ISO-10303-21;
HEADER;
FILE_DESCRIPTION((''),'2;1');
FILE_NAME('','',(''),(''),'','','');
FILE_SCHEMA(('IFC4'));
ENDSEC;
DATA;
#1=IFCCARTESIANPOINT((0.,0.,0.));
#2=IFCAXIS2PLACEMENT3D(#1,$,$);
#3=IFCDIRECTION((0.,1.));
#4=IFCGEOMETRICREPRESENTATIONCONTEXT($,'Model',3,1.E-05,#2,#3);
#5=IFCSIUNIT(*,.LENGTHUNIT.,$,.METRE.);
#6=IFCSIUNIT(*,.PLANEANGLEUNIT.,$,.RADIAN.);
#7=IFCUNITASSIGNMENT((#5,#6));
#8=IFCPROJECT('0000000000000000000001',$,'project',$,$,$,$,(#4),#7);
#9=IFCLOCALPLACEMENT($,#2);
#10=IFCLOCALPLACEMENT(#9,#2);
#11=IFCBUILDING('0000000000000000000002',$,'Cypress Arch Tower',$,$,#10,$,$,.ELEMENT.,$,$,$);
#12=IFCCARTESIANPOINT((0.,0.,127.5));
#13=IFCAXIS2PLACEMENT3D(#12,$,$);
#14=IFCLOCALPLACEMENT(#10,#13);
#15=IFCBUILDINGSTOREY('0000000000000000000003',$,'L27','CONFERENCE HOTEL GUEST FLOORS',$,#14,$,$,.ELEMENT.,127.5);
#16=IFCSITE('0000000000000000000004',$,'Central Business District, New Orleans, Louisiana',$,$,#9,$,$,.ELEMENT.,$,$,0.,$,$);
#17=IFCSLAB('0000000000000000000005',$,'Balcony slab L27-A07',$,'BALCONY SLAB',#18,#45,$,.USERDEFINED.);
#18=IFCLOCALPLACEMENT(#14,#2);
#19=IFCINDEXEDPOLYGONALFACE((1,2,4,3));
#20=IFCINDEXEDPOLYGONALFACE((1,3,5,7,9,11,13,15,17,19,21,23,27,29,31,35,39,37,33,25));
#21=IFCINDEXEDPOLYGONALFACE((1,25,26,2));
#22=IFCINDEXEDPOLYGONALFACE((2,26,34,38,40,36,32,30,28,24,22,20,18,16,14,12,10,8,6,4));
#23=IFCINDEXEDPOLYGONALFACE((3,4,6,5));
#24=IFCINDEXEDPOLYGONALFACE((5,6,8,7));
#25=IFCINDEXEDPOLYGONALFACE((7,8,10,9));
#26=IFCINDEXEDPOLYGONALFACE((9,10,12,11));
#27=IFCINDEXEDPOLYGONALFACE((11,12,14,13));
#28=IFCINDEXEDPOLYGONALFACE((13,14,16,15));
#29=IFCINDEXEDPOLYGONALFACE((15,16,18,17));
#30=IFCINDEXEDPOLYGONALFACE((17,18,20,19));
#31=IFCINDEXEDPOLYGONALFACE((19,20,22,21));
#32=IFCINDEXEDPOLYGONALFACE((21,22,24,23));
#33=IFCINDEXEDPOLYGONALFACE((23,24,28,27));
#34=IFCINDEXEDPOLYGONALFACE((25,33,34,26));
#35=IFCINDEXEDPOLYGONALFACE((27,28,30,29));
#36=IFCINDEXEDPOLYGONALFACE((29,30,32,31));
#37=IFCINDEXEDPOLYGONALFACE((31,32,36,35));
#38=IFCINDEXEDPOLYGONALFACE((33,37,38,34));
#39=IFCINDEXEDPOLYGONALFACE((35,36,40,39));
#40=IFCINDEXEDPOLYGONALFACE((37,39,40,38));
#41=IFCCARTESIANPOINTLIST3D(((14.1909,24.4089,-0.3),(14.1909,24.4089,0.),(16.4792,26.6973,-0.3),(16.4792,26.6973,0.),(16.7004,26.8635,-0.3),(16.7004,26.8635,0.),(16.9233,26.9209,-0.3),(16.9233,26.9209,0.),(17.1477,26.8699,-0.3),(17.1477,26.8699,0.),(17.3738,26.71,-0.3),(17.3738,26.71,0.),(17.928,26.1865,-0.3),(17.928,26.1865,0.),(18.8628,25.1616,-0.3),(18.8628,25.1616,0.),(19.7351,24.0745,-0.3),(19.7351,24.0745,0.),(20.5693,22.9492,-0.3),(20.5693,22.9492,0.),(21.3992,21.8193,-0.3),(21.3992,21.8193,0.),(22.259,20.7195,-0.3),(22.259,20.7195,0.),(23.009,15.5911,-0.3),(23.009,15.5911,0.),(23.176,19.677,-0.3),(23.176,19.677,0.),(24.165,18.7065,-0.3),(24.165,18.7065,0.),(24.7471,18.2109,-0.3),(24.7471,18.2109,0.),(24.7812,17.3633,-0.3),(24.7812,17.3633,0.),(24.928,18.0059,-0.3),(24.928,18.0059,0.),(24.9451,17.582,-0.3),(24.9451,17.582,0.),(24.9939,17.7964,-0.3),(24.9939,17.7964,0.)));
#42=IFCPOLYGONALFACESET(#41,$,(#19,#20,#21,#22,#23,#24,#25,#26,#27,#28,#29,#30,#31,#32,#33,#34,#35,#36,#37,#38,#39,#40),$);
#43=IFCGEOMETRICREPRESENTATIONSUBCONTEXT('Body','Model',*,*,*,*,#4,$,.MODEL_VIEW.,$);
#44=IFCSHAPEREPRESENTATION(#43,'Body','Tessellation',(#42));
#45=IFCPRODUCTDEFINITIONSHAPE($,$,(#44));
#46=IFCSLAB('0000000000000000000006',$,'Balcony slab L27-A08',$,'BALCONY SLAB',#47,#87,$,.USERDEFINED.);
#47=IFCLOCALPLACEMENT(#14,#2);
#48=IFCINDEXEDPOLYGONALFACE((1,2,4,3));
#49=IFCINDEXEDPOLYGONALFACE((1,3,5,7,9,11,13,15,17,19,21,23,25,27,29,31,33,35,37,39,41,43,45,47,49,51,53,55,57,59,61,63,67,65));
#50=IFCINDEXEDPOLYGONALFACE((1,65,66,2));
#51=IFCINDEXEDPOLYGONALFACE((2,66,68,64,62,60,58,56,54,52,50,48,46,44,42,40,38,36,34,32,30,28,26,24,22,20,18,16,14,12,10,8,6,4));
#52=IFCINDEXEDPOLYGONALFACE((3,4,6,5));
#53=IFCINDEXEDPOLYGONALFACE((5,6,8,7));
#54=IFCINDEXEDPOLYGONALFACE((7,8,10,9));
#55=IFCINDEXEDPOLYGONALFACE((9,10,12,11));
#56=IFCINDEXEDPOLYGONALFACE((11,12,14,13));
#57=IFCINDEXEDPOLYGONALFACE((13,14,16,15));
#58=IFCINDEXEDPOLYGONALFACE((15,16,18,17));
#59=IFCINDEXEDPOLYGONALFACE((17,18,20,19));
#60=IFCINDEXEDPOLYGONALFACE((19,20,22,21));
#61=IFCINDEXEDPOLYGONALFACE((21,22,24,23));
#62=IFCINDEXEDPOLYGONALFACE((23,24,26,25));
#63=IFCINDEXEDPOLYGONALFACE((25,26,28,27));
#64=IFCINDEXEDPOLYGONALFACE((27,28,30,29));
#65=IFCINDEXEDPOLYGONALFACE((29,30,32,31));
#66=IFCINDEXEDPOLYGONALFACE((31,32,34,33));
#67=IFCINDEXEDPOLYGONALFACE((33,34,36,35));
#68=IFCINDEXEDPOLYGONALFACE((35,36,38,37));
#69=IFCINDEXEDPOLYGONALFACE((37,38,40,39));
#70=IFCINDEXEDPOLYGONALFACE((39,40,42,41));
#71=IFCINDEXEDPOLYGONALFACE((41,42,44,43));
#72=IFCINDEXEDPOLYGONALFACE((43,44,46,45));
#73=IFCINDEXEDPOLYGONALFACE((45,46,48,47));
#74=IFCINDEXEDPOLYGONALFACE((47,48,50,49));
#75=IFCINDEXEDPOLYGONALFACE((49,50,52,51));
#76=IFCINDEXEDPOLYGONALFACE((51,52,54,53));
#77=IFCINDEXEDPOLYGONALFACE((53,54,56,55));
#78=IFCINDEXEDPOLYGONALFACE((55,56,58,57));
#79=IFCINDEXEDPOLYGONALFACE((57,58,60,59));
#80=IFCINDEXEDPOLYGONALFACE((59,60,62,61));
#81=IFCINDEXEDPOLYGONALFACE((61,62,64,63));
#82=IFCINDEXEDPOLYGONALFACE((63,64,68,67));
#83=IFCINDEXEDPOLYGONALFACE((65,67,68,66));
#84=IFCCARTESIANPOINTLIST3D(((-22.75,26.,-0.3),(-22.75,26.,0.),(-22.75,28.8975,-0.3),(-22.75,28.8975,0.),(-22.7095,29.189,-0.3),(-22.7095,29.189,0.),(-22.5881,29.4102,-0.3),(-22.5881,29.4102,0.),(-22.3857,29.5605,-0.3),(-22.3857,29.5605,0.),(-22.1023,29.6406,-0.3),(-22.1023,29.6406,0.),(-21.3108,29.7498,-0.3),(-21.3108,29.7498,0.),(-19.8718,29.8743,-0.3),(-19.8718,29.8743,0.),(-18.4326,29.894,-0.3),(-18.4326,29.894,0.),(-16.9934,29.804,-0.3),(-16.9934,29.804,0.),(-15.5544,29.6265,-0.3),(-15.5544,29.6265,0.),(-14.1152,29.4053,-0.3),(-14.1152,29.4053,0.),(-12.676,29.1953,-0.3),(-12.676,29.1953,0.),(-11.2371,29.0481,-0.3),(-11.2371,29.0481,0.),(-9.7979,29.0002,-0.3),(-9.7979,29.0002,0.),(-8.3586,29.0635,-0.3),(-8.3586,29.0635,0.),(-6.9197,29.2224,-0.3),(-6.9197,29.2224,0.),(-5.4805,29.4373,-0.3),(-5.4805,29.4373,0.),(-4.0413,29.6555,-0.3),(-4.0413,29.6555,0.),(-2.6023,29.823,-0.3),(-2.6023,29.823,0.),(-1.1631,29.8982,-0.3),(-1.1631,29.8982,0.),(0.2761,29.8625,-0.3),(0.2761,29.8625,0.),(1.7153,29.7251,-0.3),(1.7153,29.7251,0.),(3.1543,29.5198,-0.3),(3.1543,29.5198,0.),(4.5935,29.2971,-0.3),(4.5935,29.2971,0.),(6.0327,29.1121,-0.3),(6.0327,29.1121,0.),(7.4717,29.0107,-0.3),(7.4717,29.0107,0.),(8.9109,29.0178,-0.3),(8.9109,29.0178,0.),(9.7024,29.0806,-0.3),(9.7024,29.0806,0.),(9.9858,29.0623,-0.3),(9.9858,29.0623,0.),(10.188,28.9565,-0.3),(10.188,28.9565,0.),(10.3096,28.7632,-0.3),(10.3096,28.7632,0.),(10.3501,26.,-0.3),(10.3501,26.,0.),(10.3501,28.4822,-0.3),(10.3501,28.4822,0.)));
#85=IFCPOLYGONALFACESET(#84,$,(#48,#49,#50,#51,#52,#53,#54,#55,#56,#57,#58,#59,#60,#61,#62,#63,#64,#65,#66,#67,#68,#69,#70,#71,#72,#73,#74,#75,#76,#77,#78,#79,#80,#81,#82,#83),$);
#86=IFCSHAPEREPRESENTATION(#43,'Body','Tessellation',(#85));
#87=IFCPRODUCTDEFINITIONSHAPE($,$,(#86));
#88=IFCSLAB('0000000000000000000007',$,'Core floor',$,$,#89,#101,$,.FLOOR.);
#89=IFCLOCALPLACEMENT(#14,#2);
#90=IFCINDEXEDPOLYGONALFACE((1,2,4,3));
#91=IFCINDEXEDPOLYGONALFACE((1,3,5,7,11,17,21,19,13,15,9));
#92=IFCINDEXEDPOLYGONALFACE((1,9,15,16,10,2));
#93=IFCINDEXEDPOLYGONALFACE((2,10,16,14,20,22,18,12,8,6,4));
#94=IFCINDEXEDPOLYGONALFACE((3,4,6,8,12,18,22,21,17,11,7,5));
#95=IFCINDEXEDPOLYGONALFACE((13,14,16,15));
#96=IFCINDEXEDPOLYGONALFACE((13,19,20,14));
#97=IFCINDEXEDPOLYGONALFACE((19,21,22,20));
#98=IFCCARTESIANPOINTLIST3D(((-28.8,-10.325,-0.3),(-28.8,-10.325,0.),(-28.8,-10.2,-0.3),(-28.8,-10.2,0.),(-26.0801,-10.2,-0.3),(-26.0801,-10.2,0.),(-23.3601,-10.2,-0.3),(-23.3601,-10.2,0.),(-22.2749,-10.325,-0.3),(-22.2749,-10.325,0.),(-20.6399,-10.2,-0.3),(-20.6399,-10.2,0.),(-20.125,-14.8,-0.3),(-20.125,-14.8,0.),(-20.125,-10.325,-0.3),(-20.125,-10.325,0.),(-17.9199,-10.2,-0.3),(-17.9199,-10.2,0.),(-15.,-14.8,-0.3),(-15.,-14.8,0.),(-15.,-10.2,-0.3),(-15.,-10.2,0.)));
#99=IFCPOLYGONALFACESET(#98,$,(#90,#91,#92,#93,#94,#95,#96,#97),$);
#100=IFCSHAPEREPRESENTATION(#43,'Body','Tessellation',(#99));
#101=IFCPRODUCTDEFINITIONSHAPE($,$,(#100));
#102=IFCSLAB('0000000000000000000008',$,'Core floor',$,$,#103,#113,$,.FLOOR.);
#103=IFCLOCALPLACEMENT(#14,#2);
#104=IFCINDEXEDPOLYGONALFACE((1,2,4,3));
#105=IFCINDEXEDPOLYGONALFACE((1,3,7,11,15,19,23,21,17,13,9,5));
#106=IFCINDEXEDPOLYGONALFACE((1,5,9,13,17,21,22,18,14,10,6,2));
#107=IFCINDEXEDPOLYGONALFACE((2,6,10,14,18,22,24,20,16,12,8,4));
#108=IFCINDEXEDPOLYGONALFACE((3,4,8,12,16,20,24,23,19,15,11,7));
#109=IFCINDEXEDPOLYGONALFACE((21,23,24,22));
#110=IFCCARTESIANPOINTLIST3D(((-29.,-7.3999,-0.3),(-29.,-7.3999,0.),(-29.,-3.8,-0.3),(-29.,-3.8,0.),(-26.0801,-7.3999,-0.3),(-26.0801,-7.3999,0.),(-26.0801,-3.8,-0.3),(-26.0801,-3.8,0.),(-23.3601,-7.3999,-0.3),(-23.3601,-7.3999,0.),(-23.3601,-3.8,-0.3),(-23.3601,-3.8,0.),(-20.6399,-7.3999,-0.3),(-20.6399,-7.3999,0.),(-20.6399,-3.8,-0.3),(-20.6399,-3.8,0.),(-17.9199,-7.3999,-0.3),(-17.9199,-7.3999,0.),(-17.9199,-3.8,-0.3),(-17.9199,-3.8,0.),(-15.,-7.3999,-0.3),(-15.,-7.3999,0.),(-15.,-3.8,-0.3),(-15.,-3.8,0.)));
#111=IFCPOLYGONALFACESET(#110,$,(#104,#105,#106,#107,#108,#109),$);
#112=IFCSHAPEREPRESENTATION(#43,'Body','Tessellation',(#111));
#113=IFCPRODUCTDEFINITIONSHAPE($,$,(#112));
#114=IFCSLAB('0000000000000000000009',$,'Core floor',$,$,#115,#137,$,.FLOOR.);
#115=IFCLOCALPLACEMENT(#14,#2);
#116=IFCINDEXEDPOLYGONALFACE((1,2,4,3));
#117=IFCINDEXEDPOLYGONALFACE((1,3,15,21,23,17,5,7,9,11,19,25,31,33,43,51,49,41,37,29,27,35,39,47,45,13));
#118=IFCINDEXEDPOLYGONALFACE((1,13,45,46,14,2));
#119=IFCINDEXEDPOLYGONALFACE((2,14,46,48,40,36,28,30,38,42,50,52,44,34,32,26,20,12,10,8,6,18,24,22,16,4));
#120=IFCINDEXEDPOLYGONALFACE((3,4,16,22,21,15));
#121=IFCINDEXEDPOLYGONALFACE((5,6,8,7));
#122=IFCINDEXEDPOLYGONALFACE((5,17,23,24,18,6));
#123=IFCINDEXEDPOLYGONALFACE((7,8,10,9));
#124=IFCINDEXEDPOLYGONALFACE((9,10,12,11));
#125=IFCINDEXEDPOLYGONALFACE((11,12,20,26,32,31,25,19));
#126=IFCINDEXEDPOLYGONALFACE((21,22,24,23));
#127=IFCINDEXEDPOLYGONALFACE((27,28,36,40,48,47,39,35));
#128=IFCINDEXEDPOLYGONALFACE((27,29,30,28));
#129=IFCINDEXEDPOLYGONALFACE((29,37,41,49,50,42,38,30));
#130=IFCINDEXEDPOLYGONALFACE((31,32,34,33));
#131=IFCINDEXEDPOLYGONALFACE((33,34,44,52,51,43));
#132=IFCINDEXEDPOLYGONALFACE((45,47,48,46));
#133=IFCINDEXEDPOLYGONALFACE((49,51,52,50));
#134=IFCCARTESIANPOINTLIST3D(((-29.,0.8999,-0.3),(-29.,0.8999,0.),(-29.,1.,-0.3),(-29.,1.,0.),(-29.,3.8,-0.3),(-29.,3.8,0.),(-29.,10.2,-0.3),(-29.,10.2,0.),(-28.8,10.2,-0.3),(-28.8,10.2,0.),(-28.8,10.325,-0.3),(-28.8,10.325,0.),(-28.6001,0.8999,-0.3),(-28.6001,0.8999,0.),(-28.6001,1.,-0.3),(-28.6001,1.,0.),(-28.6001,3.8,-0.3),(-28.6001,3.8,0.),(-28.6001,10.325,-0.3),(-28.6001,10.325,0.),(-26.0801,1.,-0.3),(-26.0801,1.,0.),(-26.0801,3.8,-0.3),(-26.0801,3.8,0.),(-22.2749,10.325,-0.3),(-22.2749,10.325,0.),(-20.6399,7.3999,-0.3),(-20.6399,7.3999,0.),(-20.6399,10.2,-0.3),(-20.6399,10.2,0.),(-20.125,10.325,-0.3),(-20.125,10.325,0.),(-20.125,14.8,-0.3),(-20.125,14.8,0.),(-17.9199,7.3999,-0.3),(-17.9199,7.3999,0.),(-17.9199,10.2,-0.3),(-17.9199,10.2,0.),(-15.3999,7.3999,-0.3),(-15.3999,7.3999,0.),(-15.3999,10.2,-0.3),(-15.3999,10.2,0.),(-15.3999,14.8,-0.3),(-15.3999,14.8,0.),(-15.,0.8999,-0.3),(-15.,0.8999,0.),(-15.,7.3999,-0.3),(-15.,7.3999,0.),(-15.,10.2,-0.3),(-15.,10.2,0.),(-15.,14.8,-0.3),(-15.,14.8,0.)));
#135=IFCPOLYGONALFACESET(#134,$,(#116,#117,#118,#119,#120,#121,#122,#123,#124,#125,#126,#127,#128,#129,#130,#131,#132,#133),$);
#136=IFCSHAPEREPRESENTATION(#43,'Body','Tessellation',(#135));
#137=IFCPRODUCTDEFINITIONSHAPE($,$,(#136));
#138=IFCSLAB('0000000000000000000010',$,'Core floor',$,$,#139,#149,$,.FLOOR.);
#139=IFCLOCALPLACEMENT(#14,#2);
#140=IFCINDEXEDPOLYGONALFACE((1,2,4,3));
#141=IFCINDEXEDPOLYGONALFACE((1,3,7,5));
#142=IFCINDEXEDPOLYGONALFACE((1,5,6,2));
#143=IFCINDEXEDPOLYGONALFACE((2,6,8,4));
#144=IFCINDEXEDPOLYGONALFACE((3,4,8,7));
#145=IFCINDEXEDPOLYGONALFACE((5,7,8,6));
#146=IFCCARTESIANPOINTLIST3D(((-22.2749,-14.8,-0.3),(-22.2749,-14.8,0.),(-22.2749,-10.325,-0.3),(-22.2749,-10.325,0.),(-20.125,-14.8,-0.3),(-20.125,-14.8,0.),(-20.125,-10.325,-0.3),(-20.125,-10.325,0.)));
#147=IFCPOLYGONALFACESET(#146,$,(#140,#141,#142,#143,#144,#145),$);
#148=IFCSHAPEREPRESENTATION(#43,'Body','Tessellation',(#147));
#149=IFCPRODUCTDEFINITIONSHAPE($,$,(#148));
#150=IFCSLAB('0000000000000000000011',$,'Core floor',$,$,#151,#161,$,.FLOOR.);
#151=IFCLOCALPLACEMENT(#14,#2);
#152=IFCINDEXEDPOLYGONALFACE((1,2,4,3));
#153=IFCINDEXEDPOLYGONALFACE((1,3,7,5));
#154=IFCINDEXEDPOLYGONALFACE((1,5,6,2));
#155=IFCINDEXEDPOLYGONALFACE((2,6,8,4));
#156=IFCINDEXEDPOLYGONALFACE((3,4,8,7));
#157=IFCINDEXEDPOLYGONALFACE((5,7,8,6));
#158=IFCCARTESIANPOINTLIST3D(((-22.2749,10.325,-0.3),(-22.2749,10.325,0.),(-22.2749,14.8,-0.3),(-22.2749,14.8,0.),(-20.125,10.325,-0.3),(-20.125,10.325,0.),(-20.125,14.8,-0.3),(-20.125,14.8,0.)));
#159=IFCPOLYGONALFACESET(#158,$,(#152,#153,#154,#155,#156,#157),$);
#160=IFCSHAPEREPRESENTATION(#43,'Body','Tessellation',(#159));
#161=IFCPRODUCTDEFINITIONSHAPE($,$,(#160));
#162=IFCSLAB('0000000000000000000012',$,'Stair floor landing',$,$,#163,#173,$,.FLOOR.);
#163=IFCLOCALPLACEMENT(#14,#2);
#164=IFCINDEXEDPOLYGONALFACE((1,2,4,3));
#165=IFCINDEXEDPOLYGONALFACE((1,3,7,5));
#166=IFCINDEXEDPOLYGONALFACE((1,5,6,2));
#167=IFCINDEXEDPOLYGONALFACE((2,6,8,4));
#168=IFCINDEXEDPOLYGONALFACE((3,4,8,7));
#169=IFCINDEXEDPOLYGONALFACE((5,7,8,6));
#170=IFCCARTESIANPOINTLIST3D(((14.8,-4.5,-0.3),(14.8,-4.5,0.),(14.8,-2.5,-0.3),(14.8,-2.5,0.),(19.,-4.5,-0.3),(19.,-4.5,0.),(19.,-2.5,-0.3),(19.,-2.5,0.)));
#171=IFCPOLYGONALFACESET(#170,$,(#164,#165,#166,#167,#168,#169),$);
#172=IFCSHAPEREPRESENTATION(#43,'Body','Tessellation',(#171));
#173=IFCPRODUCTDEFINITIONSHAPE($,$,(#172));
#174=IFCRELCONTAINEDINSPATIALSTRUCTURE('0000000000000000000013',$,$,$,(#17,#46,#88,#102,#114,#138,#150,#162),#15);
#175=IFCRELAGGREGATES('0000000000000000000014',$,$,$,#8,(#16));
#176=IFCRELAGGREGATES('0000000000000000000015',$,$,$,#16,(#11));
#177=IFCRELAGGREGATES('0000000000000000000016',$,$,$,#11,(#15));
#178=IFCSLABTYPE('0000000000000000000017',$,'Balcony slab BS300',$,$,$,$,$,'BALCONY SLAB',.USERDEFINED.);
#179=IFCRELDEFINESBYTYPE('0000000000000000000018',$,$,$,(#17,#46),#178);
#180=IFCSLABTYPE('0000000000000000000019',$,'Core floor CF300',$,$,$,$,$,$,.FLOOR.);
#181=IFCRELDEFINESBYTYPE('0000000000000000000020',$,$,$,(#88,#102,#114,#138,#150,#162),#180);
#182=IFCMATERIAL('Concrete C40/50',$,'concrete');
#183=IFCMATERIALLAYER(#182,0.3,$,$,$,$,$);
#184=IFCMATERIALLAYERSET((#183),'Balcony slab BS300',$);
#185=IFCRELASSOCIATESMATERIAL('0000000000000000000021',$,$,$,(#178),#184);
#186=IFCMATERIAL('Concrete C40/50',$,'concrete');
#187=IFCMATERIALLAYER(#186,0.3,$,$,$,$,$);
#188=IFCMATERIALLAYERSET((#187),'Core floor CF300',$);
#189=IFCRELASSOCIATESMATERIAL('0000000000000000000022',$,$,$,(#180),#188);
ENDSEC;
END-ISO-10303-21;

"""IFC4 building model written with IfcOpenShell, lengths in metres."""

from ifc_helpers import new_model, si_unit, direction, frame, origin, place, context, subcontext, project, spatial, polyline, outline, extrude, material, layer, layer_set, type_object, element, save


model = new_model("IFC4")

# Units and contexts
model_context = context("Model", 3, precision=1e-05, world=origin(), true_north=direction((0.0, 1.0)))
body_context = subcontext(model_context, "Body", "Model", "MODEL_VIEW")
ifc_project = project(units=[si_unit("LENGTHUNIT", "METRE"), si_unit("PLANEANGLEUNIT", "RADIAN")], contexts=[model_context])

# Site, building, storey
site_placement = place(None, origin())
site = spatial("IfcSite", under=ifc_project, at=site_placement, Name="Central Business District, New Orleans, Louisiana", CompositionType="ELEMENT", RefElevation=0.0)
building_placement = place(site_placement, origin())
building = spatial("IfcBuilding", under=site, at=building_placement, Name="Cypress Arch Tower", CompositionType="ELEMENT")
storey_placement = place(building_placement, frame((0.0, 0.0, 127.5)))
storey = spatial("IfcBuildingStorey", under=building, at=storey_placement, Name="L27", Description="CONFERENCE HOTEL GUEST FLOORS", CompositionType="ELEMENT", Elevation=127.5)

# Slabs
ifc_material_1 = material(Name="Concrete C40/50", Category="concrete")
ifc_layer_1 = layer(ifc_material_1, 0.3)
ifc_layer_set_1 = layer_set([ifc_layer_1], Name="Balcony slab BS300")
slab_type_1 = type_object("IfcSlabType", Name="Balcony slab BS300", ElementType="BALCONY SLAB", PredefinedType="USERDEFINED", material=ifc_layer_set_1)
slab_1_placement = place(storey_placement, frame((0.0, 0.0, -0.3)))
element("IfcSlab", 1, at=slab_1_placement, inside=storey, type_object=slab_type_1, Name="Balcony slab L27-A07", ObjectType="BALCONY SLAB", PredefinedType="USERDEFINED", context=body_context, shape_type="SweptSolid", body=[
    extrude(outline(polyline([(23.009, 15.5911), (24.7812, 17.3633), (24.9451, 17.582), (24.9939, 17.7964), (24.928, 18.0059), (24.7471, 18.2109), (24.165, 18.7065), (23.176, 19.677), (22.259, 20.7195), (21.3992, 21.8193), (20.5693, 22.9492), (19.7351, 24.0745), (18.8628, 25.1616), (17.928, 26.1865), (17.3738, 26.71), (17.1477, 26.8699), (16.9233, 26.9209), (16.7004, 26.8635), (16.4792, 26.6973), (14.1909, 24.4089), (23.009, 15.5911)])), origin(), (0.0, 0.0, 1.0), 0.3),
])
slab_2_placement = place(storey_placement, frame((0.0, 0.0, -0.3)))
element("IfcSlab", 2, at=slab_2_placement, inside=storey, type_object=slab_type_1, Name="Balcony slab L27-A08", ObjectType="BALCONY SLAB", PredefinedType="USERDEFINED", context=body_context, shape_type="SweptSolid", body=[
    extrude(outline(polyline([(10.3501, 26.0), (10.3501, 28.4822), (10.3096, 28.7632), (10.188, 28.9565), (9.9858, 29.0623), (9.7024, 29.0806), (8.9109, 29.0178), (7.4717, 29.0107), (6.0327, 29.1121), (4.5935, 29.2971), (3.1543, 29.5198), (1.7153, 29.7251), (0.2761, 29.8625), (-1.1631, 29.8982), (-2.6023, 29.823), (-4.0413, 29.6555), (-5.4805, 29.4373), (-6.9197, 29.2224), (-8.3586, 29.0635), (-9.7979, 29.0002), (-11.2371, 29.0481), (-12.676, 29.1953), (-14.1152, 29.4053), (-15.5544, 29.6265), (-16.9934, 29.804), (-18.4326, 29.894), (-19.8718, 29.8743), (-21.3108, 29.7498), (-22.1023, 29.6406), (-22.3857, 29.5605), (-22.5881, 29.4102), (-22.7095, 29.189), (-22.75, 28.8975), (-22.75, 26.0), (10.3501, 26.0)])), origin(), (0.0, 0.0, 1.0), 0.3),
])
ifc_material_2 = material(Name="Concrete C40/50", Category="concrete")
ifc_layer_2 = layer(ifc_material_2, 0.3)
ifc_layer_set_2 = layer_set([ifc_layer_2], Name="Core floor CF300")
slab_type_2 = type_object("IfcSlabType", Name="Core floor CF300", PredefinedType="FLOOR", material=ifc_layer_set_2)
slab_3_placement = place(storey_placement, frame((0.0, 0.0, -0.3)))
element("IfcSlab", 3, at=slab_3_placement, inside=storey, type_object=slab_type_2, Name="Core floor", PredefinedType="FLOOR", context=body_context, shape_type="SweptSolid", body=[
    extrude(outline(polyline([(-20.125, -14.8), (-15.0, -14.8), (-15.0, -10.2), (-17.9199, -10.2), (-20.6399, -10.2), (-23.3601, -10.2), (-26.0801, -10.2), (-28.8, -10.2), (-28.8, -10.325), (-22.2749, -10.325), (-20.125, -10.325), (-20.125, -14.8)])), origin(), (0.0, 0.0, 1.0), 0.3),
])
slab_4_placement = place(storey_placement, frame((0.0, 0.0, -0.3)))
element("IfcSlab", 4, at=slab_4_placement, inside=storey, type_object=slab_type_2, Name="Core floor", PredefinedType="FLOOR", context=body_context, shape_type="SweptSolid", body=[
    extrude(outline(polyline([(-29.0, -3.8), (-29.0, -7.3999), (-26.0801, -7.3999), (-23.3601, -7.3999), (-20.6399, -7.3999), (-17.9199, -7.3999), (-15.0, -7.3999), (-15.0, -3.8), (-17.9199, -3.8), (-20.6399, -3.8), (-23.3601, -3.8), (-26.0801, -3.8), (-29.0, -3.8)])), origin(), (0.0, 0.0, 1.0), 0.3),
])
slab_5_placement = place(storey_placement, frame((0.0, 0.0, -0.3)))
element("IfcSlab", 5, at=slab_5_placement, inside=storey, type_object=slab_type_2, Name="Core floor", PredefinedType="FLOOR", context=body_context, shape_type="SweptSolid", body=[
    extrude(outline(polyline([(-29.0, 3.8), (-29.0, 10.2), (-28.8, 10.2), (-28.8, 10.325), (-28.6001, 10.325), (-22.2749, 10.325), (-20.125, 10.325), (-20.125, 14.8), (-15.3999, 14.8), (-15.0, 14.8), (-15.0, 10.2), (-15.3999, 10.2), (-17.9199, 10.2), (-20.6399, 10.2), (-20.6399, 7.3999), (-17.9199, 7.3999), (-15.3999, 7.3999), (-15.0, 7.3999), (-15.0, 0.8999), (-28.6001, 0.8999), (-29.0, 0.8999), (-29.0, 1.0), (-28.6001, 1.0), (-26.0801, 1.0), (-26.0801, 3.8), (-28.6001, 3.8), (-29.0, 3.8)])), origin(), (0.0, 0.0, 1.0), 0.3),
])
slab_6_placement = place(storey_placement, frame((0.0, 0.0, -0.3)))
element("IfcSlab", 6, at=slab_6_placement, inside=storey, type_object=slab_type_2, Name="Core floor", PredefinedType="FLOOR", context=body_context, shape_type="SweptSolid", body=[
    extrude(outline(polyline([(-22.2749, -10.325), (-22.2749, -14.8), (-20.125, -14.8), (-20.125, -10.325), (-22.2749, -10.325)])), origin(), (0.0, 0.0, 1.0), 0.3),
])
slab_7_placement = place(storey_placement, frame((0.0, 0.0, -0.3)))
element("IfcSlab", 7, at=slab_7_placement, inside=storey, type_object=slab_type_2, Name="Core floor", PredefinedType="FLOOR", context=body_context, shape_type="SweptSolid", body=[
    extrude(outline(polyline([(-20.125, 14.8), (-22.2749, 14.8), (-22.2749, 10.325), (-20.125, 10.325), (-20.125, 14.8)])), origin(), (0.0, 0.0, 1.0), 0.3),
])
slab_8_placement = place(storey_placement, frame((0.0, 0.0, -0.3)))
element("IfcSlab", 8, at=slab_8_placement, inside=storey, type_object=slab_type_2, Name="Stair floor landing", PredefinedType="FLOOR", context=body_context, shape_type="SweptSolid", body=[
    extrude(outline(polyline([(19.0, -4.5), (19.0, -2.5), (14.8, -2.5), (14.8, -4.5), (19.0, -4.5)])), origin(), (0.0, 0.0, 1.0), 0.3),
])

save(model, "model.ifc")
